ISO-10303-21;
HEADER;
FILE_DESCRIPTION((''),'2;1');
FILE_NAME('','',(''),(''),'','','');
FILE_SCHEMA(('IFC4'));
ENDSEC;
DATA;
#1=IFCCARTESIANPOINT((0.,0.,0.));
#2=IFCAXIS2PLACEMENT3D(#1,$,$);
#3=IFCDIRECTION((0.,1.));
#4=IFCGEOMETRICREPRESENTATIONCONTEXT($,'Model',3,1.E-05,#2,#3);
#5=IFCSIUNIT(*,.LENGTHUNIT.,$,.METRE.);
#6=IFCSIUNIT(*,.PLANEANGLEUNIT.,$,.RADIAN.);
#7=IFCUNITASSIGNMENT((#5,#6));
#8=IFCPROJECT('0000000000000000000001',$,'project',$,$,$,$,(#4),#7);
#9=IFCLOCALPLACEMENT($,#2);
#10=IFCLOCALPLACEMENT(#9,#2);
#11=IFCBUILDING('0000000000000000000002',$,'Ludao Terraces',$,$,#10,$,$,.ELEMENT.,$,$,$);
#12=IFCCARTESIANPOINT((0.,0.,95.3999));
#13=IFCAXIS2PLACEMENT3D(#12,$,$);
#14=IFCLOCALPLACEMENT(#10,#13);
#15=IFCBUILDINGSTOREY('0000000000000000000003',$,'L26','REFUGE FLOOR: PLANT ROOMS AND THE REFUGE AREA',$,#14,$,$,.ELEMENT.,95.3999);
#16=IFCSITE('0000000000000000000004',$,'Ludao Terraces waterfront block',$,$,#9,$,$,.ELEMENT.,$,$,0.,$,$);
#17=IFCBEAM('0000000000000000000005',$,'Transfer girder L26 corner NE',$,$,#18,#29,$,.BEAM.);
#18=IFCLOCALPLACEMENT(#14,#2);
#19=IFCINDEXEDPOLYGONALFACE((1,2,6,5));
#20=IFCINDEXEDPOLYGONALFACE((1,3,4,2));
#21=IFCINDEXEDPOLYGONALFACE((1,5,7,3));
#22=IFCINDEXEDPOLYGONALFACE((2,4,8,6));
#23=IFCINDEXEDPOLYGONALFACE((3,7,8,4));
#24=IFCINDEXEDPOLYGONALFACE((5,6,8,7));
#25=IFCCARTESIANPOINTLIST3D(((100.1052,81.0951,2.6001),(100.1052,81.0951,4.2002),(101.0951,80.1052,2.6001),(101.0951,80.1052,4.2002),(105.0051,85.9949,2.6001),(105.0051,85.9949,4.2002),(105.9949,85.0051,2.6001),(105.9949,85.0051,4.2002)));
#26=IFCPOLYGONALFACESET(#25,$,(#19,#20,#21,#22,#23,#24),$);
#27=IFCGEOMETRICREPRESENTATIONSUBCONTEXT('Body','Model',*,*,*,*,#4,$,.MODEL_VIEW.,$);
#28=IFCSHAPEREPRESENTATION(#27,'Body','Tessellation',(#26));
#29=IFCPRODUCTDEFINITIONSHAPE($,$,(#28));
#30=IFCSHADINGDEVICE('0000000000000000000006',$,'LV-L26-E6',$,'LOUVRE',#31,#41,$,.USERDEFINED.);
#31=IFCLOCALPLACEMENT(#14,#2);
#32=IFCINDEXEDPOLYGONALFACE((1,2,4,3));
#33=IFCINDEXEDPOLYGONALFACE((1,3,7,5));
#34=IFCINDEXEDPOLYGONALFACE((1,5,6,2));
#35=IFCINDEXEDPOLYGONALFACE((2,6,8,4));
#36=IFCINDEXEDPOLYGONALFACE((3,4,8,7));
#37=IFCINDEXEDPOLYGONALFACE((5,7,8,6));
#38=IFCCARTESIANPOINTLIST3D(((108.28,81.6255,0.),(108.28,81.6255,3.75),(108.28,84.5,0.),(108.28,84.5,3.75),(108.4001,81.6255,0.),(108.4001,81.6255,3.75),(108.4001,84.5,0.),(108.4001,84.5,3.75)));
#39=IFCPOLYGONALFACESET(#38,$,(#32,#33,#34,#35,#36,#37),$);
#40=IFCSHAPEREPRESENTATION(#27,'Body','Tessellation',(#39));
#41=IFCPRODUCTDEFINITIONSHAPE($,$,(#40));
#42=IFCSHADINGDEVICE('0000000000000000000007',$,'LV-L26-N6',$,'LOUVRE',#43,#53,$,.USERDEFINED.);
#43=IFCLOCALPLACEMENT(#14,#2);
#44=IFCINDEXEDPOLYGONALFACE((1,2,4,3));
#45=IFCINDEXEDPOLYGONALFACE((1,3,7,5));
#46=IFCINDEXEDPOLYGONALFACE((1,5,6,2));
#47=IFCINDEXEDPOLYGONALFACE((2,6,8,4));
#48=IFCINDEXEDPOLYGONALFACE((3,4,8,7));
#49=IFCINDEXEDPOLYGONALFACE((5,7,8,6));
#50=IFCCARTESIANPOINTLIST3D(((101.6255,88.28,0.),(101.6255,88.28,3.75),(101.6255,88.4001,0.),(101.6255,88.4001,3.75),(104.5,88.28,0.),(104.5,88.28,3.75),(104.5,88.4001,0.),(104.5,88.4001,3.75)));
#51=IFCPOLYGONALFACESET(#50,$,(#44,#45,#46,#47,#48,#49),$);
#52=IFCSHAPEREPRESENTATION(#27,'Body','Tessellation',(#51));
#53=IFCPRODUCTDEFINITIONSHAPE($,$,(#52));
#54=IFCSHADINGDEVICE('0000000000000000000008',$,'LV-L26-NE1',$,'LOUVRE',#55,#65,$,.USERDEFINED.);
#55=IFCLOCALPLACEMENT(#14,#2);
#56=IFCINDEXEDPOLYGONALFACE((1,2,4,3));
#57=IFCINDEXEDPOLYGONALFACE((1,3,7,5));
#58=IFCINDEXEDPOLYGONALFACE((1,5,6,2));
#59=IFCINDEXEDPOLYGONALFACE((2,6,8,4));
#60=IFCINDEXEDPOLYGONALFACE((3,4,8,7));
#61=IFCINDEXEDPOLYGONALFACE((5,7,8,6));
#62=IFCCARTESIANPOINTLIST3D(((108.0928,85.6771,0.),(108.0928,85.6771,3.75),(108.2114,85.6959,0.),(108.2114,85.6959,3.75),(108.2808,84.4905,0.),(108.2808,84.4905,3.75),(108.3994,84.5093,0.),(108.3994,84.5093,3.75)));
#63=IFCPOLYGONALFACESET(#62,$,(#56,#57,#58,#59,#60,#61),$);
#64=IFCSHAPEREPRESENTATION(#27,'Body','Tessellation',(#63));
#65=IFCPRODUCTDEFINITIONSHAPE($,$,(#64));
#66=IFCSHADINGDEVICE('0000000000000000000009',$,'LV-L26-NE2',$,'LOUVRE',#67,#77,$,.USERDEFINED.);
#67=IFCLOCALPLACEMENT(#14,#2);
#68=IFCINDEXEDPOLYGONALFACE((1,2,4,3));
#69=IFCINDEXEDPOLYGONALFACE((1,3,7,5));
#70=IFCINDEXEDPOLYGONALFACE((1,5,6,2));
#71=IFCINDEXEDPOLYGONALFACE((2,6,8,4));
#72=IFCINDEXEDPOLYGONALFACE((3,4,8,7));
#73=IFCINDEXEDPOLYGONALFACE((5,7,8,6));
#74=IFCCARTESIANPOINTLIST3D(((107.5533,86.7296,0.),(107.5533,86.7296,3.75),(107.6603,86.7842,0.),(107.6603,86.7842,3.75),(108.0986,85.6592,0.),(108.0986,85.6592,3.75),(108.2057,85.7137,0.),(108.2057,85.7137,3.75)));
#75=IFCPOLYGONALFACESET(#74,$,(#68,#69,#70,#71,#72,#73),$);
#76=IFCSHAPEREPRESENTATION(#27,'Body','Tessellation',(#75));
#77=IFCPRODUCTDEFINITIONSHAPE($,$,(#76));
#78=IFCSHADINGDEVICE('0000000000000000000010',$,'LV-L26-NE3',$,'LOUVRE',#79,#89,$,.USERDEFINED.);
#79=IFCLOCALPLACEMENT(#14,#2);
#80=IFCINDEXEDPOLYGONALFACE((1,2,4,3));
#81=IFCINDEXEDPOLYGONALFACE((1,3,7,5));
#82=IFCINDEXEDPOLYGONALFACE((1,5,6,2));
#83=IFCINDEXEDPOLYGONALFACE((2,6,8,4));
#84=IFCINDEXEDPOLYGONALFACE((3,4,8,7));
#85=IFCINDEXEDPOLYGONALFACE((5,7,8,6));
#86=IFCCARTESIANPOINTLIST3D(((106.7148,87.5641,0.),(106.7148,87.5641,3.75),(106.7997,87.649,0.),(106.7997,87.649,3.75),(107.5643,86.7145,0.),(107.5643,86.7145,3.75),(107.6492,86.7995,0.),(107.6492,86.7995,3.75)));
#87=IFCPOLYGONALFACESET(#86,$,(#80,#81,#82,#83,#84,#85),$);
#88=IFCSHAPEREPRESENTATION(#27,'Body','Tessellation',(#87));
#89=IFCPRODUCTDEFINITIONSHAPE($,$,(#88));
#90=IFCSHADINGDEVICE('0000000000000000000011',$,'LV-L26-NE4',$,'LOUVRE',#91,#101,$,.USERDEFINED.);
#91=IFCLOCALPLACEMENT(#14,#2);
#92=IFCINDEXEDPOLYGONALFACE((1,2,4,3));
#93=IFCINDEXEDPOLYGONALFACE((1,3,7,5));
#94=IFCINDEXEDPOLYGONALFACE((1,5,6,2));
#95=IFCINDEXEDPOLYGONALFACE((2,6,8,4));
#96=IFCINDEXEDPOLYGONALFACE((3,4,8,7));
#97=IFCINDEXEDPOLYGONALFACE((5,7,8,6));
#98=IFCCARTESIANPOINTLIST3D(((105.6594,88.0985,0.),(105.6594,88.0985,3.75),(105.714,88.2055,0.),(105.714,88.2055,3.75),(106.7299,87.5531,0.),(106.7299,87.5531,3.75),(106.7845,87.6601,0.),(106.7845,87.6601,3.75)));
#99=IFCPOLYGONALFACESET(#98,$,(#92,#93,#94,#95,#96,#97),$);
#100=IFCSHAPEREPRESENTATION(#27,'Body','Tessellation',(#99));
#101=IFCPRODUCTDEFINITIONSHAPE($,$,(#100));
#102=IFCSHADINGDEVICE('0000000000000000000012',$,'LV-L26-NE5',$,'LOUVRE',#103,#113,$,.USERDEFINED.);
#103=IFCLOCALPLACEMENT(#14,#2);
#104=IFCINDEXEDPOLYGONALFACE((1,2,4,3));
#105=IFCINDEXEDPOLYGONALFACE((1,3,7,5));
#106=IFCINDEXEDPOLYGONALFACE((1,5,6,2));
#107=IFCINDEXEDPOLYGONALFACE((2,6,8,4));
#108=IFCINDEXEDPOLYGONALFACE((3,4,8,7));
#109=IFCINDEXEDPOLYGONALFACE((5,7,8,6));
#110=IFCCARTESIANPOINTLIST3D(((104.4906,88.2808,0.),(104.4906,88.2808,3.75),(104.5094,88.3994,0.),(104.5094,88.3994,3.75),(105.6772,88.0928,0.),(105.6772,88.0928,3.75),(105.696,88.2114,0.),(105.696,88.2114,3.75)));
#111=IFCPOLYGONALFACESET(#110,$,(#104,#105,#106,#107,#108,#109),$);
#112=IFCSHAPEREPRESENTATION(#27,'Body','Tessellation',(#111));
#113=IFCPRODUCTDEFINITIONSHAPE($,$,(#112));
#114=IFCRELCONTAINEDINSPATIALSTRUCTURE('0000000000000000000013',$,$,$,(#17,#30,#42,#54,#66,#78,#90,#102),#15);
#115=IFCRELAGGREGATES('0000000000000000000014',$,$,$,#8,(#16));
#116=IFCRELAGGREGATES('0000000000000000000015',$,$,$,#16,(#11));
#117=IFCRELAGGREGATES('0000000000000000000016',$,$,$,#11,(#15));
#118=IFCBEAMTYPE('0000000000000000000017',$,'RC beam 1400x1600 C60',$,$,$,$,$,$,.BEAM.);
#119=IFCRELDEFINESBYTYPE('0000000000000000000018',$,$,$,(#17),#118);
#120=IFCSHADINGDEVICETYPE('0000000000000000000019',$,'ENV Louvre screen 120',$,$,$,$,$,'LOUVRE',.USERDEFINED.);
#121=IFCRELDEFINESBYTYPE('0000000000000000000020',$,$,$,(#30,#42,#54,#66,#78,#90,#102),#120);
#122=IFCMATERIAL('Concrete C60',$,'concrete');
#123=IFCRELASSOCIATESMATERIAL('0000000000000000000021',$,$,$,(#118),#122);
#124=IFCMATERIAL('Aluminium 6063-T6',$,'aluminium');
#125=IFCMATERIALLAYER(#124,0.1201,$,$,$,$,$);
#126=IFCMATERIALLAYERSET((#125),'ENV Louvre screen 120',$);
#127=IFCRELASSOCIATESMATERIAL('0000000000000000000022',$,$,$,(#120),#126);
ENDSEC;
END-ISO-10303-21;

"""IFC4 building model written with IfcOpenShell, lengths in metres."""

from ifc_helpers import new_model, si_unit, direction, frame, frame_2d, origin, origin_2d, place, context, subcontext, project, spatial, rectangle, extrude, material, layer, layer_set, material_profile, profile_set, type_object, element, save


model = new_model("IFC4")

# Units and contexts
model_context = context("Model", 3, precision=1e-05, world=origin(), true_north=direction((0.0, 1.0)))
body_context = subcontext(model_context, "Body", "Model", "MODEL_VIEW")
ifc_project = project(units=[si_unit("LENGTHUNIT", "METRE"), si_unit("PLANEANGLEUNIT", "RADIAN")], contexts=[model_context])

# Site, building, storey
site_placement = place(None, origin())
site = spatial("IfcSite", under=ifc_project, at=site_placement, Name="Ludao Terraces waterfront block", CompositionType="ELEMENT", RefElevation=0.0)
building_placement = place(site_placement, origin())
building = spatial("IfcBuilding", under=site, at=building_placement, Name="Ludao Terraces", CompositionType="ELEMENT")
storey_placement = place(building_placement, frame((0.0, 0.0, 95.3999)))
storey = spatial("IfcBuildingStorey", under=building, at=storey_placement, Name="L26", Description="REFUGE FLOOR: PLANT ROOMS AND THE REFUGE AREA", CompositionType="ELEMENT", Elevation=95.3999)

# Beam
ifc_material_1 = material(Name="Concrete C60", Category="concrete")
ifc_material_profile_1 = material_profile(ifc_material_1, rectangle(XDim=1.3999, YDim=1.6001, at=origin_2d()), Name="1400 X 1600")
ifc_profile_set_1 = profile_set([ifc_material_profile_1], Name="Concrete C60")
beam_type_1 = type_object("IfcBeamType", Name="RC beam 1400x1600 C60", PredefinedType="BEAM", material=ifc_profile_set_1)
beam_placement = place(storey_placement, frame((105.5, 85.5, 3.4001), z_axis=(-0.707107, -0.707107, 0.0), x_axis=(0.707107, -0.707107, 0.0)))
element("IfcBeam", 1, at=beam_placement, inside=storey, type_object=beam_type_1, Name="Transfer girder L26 corner NE", PredefinedType="BEAM", context=body_context, shape_type="SweptSolid", body=[
    extrude(rectangle(XDim=1.3999, YDim=1.6001, at=origin_2d()), origin(), (0.0, 0.0, 1.0), 6.9294),
])

# Shading devices
ifc_material_2 = material(Name="Aluminium 6063-T6", Category="aluminium")
ifc_layer = layer(ifc_material_2, 0.1201)
ifc_layer_set = layer_set([ifc_layer], Name="ENV Louvre screen 120")
shading_device_type = type_object("IfcShadingDeviceType", Name="ENV Louvre screen 120", ElementType="LOUVRE", PredefinedType="USERDEFINED", material=ifc_layer_set)
for number, where, z_axis, x_axis, name in (
    (2, (108.3401, 81.6255, 0.0), (0.0, 0.0, 1.0), (0.0, 1.0, 0.0), "LV-L26-E6"),
    (3, (101.6255, 88.3401, 0.0), (0.0, 0.0, 1.0), (1.0, 0.0, 0.0), "LV-L26-N6"),
):
    element("IfcShadingDevice", number, at=place(storey_placement, frame(where, z_axis=z_axis, x_axis=x_axis)), inside=storey, type_object=shading_device_type, Name=name, ObjectType="LOUVRE", PredefinedType="USERDEFINED", context=body_context, shape_type="SweptSolid", body=[
        extrude(rectangle(XDim=2.8745, YDim=0.1201, at=frame_2d((1.4373, 0.0))), origin(), (0.0, 0.0, 1.0), 3.75),
    ])
for number, where, z_axis, x_axis, name in (
    (4, (108.3401, 84.5, 0.0), (0.0, 0.0, 1.0), (-0.156484, 0.98768, 0.0), "LV-L26-NE1"),
    (5, (108.1521, 85.6865, 0.0), (0.0, 0.0, 1.0), (-0.453947, 0.891029, 0.0), "LV-L26-NE2"),
    (6, (107.6067, 86.7571, 0.0), (0.0, 0.0, 1.0), (-0.707107, 0.707107, 0.0), "LV-L26-NE3"),
    (7, (106.7571, 87.6067, 0.0), (0.0, 0.0, 1.0), (-0.891029, 0.453947, 0.0), "LV-L26-NE4"),
    (8, (105.6865, 88.1521, 0.0), (0.0, 0.0, 1.0), (-0.98768, 0.156484, 0.0), "LV-L26-NE5"),
):
    element("IfcShadingDevice", number, at=place(storey_placement, frame(where, z_axis=z_axis, x_axis=x_axis)), inside=storey, type_object=shading_device_type, Name=name, ObjectType="LOUVRE", PredefinedType="USERDEFINED", context=body_context, shape_type="SweptSolid", body=[
        extrude(rectangle(XDim=1.2014, YDim=0.1201, at=frame_2d((0.6006, 0.0))), origin(), (0.0, 0.0, 1.0), 3.75),
    ])

save(model, "model.ifc")
